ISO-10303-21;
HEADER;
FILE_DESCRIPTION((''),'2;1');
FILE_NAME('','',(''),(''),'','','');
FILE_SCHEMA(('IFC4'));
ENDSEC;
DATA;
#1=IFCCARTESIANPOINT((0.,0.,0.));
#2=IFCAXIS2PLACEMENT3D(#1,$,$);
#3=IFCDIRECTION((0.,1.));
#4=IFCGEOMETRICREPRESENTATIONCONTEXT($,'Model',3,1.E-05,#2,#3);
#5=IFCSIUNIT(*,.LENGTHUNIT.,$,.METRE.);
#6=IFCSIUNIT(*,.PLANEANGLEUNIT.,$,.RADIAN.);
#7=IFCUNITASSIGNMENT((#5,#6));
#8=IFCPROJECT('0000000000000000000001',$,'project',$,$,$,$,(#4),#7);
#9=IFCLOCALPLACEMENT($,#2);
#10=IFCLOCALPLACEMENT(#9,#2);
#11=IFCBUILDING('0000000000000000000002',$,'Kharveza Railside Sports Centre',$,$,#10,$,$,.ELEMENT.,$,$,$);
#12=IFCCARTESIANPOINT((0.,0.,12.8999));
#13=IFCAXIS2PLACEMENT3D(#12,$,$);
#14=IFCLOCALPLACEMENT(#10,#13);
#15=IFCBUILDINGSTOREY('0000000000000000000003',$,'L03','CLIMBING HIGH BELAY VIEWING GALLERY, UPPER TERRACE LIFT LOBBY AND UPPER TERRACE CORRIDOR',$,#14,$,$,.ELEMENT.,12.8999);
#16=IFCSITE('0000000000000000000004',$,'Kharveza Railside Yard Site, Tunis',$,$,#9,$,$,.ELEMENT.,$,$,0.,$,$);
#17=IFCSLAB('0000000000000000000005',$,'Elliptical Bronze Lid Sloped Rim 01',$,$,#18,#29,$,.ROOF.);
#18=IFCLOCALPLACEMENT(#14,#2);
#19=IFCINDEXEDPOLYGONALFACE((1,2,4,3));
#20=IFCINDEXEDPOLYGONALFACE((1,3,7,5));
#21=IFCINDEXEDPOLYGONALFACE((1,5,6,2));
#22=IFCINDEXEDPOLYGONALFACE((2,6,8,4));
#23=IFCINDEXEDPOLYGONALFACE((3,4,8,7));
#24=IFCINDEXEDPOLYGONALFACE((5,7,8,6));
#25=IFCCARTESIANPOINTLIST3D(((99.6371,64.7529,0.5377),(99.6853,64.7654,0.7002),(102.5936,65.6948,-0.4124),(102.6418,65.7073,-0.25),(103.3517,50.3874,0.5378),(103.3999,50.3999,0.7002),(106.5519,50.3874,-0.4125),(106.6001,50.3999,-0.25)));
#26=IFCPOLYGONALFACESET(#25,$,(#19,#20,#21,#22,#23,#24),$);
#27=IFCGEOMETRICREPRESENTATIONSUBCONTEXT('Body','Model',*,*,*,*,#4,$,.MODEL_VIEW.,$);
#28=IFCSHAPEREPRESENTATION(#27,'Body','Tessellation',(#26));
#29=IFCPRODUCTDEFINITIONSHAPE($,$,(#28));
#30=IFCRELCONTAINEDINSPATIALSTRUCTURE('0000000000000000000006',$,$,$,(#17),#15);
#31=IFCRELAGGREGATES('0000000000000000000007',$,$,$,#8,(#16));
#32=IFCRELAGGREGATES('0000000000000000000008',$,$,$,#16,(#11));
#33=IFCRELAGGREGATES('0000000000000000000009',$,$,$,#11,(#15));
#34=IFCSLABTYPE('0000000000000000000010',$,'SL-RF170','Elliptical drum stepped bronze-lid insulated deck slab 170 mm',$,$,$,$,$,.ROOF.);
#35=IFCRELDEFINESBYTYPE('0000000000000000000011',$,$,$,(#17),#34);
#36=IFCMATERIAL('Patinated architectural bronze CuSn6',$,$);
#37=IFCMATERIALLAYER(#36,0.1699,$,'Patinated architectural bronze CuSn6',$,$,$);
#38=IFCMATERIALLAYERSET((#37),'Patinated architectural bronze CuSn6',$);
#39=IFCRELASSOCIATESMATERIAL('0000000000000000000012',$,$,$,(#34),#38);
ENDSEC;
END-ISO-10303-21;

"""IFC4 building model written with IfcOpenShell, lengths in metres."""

from ifc_helpers import new_model, si_unit, direction, frame, origin, place, context, subcontext, project, spatial, polyline, outline, extrude, material, layer, layer_set, type_object, element, save


model = new_model("IFC4")

# Units and contexts
model_context = context("Model", 3, precision=1e-05, world=origin(), true_north=direction((0.0, 1.0)))
body_context = subcontext(model_context, "Body", "Model", "MODEL_VIEW")
ifc_project = project(units=[si_unit("LENGTHUNIT", "METRE"), si_unit("PLANEANGLEUNIT", "RADIAN")], contexts=[model_context])

# Site, building, storey
site_placement = place(None, origin())
site = spatial("IfcSite", under=ifc_project, at=site_placement, Name="Kharveza Railside Yard Site, Tunis", CompositionType="ELEMENT", RefElevation=0.0)
building_placement = place(site_placement, origin())
building = spatial("IfcBuilding", under=site, at=building_placement, Name="Kharveza Railside Sports Centre", CompositionType="ELEMENT")
storey_placement = place(building_placement, frame((0.0, 0.0, 12.8999)))
storey = spatial("IfcBuildingStorey", under=building, at=storey_placement, Name="L03", Description="CLIMBING HIGH BELAY VIEWING GALLERY, UPPER TERRACE LIFT LOBBY AND UPPER TERRACE CORRIDOR", CompositionType="ELEMENT", Elevation=12.8999)

# Shared definitions
ifc_material_1 = material(Name="Patinated architectural bronze CuSn6")

# Slab
ifc_layer_1 = layer(ifc_material_1, 0.1699, Name="Patinated architectural bronze CuSn6")
ifc_layer_set_1 = layer_set([ifc_layer_1], Name="Patinated architectural bronze CuSn6")
slab_type = type_object("IfcSlabType", Name="SL-RF170", Description="Elliptical drum stepped bronze-lid insulated deck slab 170 mm", PredefinedType="ROOF", material=ifc_layer_set_1)
slab_placement = place(storey_placement, frame((106.6001, 50.3999, -0.25), z_axis=(0.283872, 0.073404, 0.956048), x_axis=(-0.25035, 0.968155, 0.000001)))
element("IfcSlab", 1, at=slab_placement, inside=storey, type_object=slab_type, Name="Elliptical Bronze Lid Sloped Rim 01", PredefinedType="ROOF", context=body_context, shape_type="SweptSolid", body=[
    extrude(outline(polyline([(0.0, 0.0), (15.8109, 0.0), (15.6391, 3.2406), (0.8012, 3.2407), (0.0, 0.0)])), origin(), (0.0, 0.0, -1.0), 0.1699),
])

save(model, "model.ifc")
